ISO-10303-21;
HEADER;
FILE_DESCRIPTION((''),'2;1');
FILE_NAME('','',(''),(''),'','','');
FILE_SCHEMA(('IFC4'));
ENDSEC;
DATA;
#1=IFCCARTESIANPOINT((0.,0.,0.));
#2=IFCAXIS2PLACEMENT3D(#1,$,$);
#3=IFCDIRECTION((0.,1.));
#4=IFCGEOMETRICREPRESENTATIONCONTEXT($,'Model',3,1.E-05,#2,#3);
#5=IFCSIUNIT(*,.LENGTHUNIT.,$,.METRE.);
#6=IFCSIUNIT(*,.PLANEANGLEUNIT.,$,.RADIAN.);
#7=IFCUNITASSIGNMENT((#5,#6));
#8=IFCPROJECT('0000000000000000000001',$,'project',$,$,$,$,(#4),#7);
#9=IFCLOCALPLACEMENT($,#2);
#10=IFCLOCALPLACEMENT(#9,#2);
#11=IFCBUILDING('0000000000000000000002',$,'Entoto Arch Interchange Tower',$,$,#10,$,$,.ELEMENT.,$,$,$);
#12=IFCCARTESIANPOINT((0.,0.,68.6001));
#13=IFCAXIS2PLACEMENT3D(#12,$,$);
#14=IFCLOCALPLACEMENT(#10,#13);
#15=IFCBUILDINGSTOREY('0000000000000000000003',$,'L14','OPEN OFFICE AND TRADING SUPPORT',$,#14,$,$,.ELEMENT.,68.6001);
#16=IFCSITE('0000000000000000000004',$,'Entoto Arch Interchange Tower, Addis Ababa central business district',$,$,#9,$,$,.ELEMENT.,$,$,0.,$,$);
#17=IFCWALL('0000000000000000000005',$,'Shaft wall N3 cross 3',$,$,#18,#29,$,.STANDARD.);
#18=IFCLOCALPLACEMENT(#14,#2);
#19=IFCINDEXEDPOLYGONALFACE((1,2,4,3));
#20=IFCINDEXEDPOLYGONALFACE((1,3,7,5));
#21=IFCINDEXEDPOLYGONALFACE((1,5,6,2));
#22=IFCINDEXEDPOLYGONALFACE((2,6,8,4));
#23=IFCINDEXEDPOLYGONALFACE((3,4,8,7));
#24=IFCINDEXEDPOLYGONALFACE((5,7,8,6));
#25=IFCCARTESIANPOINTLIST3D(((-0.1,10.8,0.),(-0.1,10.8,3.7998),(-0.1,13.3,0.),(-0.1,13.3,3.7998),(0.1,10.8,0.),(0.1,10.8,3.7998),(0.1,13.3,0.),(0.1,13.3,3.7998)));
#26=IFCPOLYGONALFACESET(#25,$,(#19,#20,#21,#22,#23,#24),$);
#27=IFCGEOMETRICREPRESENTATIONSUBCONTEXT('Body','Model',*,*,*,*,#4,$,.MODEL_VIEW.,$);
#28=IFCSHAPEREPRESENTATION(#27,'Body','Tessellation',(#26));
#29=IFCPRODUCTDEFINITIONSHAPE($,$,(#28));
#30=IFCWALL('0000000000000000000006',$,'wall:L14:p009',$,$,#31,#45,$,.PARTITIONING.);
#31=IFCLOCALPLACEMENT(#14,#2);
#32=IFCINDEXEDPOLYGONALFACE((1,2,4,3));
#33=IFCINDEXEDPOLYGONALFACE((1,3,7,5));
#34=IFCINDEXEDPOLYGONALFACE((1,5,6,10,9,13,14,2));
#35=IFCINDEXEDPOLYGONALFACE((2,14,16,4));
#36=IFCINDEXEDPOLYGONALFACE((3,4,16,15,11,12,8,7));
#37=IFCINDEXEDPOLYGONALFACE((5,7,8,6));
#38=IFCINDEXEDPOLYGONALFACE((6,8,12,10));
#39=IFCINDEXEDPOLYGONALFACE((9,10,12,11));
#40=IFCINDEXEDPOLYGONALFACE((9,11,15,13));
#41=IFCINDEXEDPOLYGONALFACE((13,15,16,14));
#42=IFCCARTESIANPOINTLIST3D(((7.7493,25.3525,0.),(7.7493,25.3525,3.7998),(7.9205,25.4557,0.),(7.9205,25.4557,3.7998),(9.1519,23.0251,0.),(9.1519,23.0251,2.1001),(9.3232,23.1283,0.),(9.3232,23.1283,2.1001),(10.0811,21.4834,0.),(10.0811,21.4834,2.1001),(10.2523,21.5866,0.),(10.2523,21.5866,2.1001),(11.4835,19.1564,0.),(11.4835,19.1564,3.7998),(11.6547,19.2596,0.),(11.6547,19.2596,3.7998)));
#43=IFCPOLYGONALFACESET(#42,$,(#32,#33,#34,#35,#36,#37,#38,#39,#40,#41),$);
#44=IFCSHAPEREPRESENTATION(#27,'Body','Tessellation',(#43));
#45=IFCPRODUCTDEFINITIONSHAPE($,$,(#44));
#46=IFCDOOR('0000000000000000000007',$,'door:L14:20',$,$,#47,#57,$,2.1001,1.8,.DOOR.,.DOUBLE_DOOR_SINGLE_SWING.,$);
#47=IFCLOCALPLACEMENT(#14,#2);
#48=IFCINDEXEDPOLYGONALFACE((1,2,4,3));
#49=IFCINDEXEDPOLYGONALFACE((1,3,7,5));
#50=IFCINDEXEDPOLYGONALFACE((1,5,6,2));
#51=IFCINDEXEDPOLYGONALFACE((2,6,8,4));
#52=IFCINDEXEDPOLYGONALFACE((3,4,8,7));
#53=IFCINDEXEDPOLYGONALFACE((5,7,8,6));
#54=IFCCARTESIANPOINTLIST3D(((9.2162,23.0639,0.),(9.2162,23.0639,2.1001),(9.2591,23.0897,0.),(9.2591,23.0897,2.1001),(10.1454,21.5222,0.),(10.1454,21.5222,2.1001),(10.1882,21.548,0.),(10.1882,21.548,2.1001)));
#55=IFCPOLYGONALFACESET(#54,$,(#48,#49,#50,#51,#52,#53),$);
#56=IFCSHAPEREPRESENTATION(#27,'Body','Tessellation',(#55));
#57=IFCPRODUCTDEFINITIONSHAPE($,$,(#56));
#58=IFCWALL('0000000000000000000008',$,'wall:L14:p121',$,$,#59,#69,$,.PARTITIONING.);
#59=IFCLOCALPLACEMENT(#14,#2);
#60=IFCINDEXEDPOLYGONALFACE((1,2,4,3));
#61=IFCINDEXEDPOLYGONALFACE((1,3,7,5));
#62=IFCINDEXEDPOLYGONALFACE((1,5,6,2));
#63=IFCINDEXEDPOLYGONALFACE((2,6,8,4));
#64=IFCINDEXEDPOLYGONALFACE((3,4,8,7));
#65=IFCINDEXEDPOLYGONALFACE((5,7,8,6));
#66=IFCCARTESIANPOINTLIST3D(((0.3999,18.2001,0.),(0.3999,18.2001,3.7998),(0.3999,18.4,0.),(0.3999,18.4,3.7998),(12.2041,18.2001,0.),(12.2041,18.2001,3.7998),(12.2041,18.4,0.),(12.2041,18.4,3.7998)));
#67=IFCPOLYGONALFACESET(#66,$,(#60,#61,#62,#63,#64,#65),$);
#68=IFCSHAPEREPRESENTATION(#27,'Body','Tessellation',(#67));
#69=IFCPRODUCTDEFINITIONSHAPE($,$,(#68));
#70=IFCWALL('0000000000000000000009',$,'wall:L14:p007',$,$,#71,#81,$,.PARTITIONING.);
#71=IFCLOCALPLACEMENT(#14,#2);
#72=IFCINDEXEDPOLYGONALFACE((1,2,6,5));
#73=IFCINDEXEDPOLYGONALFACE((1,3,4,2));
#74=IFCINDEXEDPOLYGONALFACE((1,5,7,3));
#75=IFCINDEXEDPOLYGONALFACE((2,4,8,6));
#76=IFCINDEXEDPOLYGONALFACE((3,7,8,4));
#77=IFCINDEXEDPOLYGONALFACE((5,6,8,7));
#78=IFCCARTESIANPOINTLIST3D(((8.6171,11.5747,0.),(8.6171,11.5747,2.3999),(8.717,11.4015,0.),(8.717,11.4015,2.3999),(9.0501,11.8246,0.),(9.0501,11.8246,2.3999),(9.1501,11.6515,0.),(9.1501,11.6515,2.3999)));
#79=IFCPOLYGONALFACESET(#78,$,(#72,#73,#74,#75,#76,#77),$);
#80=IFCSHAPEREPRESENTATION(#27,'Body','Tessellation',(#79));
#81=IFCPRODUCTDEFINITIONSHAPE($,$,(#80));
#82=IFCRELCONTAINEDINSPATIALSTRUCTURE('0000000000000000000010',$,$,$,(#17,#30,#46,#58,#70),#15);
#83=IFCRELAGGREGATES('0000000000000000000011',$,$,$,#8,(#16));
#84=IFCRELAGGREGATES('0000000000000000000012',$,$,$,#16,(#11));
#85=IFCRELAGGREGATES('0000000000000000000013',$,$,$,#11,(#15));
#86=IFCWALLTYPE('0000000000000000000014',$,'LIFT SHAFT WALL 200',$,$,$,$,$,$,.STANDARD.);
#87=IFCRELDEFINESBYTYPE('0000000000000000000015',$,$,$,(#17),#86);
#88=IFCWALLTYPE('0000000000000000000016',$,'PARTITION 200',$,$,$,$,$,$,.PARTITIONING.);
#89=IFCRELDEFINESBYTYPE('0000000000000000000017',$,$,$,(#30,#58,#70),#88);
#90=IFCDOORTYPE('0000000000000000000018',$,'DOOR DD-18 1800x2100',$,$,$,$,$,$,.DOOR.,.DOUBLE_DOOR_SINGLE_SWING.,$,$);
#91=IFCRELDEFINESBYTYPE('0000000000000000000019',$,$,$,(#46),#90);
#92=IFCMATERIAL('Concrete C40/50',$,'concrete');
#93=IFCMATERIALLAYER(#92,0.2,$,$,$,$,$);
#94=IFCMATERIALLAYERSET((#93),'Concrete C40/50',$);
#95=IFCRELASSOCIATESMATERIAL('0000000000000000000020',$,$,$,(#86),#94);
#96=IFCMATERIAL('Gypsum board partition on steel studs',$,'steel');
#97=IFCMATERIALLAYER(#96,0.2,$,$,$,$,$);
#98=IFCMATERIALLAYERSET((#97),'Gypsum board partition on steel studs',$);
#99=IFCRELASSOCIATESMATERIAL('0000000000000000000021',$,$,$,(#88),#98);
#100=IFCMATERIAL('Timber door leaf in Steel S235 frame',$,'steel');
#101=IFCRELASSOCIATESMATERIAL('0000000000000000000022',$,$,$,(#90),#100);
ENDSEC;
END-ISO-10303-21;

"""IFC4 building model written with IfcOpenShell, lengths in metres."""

from ifc_helpers import new_model, si_unit, direction, frame, frame_2d, origin, place, context, subcontext, project, spatial, rectangle, extrude, material, layer, layer_set, type_object, element, fill, save


model = new_model("IFC4")

# Units and contexts
model_context = context("Model", 3, precision=1e-05, world=origin(), true_north=direction((0.0, 1.0)))
body_context = subcontext(model_context, "Body", "Model", "MODEL_VIEW")
ifc_project = project(units=[si_unit("LENGTHUNIT", "METRE"), si_unit("PLANEANGLEUNIT", "RADIAN")], contexts=[model_context])

# Site, building, storey
site_placement = place(None, origin())
site = spatial("IfcSite", under=ifc_project, at=site_placement, Name="Entoto Arch Interchange Tower, Addis Ababa central business district", CompositionType="ELEMENT", RefElevation=0.0)
building_placement = place(site_placement, origin())
building = spatial("IfcBuilding", under=site, at=building_placement, Name="Entoto Arch Interchange Tower", CompositionType="ELEMENT")
storey_placement = place(building_placement, frame((0.0, 0.0, 68.6001)))
storey = spatial("IfcBuildingStorey", under=building, at=storey_placement, Name="L14", Description="OPEN OFFICE AND TRADING SUPPORT", CompositionType="ELEMENT", Elevation=68.6001)

# Shared definitions
ifc_material_1 = material(Name="Concrete C40/50", Category="concrete")

# Wall
ifc_layer_1 = layer(ifc_material_1, 0.2)
ifc_layer_set_1 = layer_set([ifc_layer_1], Name="Concrete C40/50")
wall_type_1 = type_object("IfcWallType", Name="LIFT SHAFT WALL 200", PredefinedType="STANDARD", material=ifc_layer_set_1)
for number, where, z_axis, x_axis, name in (
    (1, (0.0, 10.8, 0.0), (0.0, 0.0, 1.0), (0.0, 1.0, 0.0), "Shaft wall N3 cross 3"),
):
    element("IfcWall", number, at=place(storey_placement, frame(where, z_axis=z_axis, x_axis=x_axis)), inside=storey, type_object=wall_type_1, Name=name, PredefinedType="STANDARD", context=body_context, shape_type="SweptSolid", body=[
        extrude(rectangle(XDim=2.5, YDim=0.2, at=frame_2d((1.25, 0.0))), origin(), (0.0, 0.0, 1.0), 3.7998),
    ])

# Wall, opening, door
ifc_material_2 = material(Name="Gypsum board partition on steel studs", Category="steel")
ifc_layer_2 = layer(ifc_material_2, 0.2)
ifc_layer_set_2 = layer_set([ifc_layer_2], Name="Gypsum board partition on steel studs")
wall_type_2 = type_object("IfcWallType", Name="PARTITION 200", PredefinedType="PARTITIONING", material=ifc_layer_set_2)
wall_1_placement = place(storey_placement, frame((11.5691, 19.208, 0.0), z_axis=(0.0, 0.0, 1.0), x_axis=(-0.516172, 0.856485, 0.0)))
wall_1 = element("IfcWall", 2, at=wall_1_placement, inside=storey, type_object=wall_type_2, Name="wall:L14:p009", PredefinedType="PARTITIONING", context=body_context, shape_type="SweptSolid", body=[
    extrude(rectangle(XDim=7.2344, YDim=0.2, at=frame_2d((3.6172, 0.0))), origin(), (0.0, 0.0, 1.0), 3.7998),
])
opening_1_placement = place(wall_1_placement, frame((2.717, 0.0, 0.0)))
opening_1 = element("IfcOpeningElement", 3, at=opening_1_placement, cuts=wall_1, PredefinedType="OPENING", context=body_context, shape_type="SweptSolid", body=[
    extrude(rectangle(XDim=1.8, YDim=2.1001, at=frame_2d((0.8999, 1.05))), frame((0.0, 0.1099, 0.0), z_axis=(0.0, -1.0, 0.0), x_axis=(1.0, 0.0, 0.0)), (0.0, 0.0, 1.0), 0.22),
])
ifc_material_3 = material(Name="Timber door leaf in Steel S235 frame", Category="steel")
door_type_1 = type_object("IfcDoorType", Name="DOOR DD-18 1800x2100", OperationType="DOUBLE_DOOR_SINGLE_SWING", PredefinedType="DOOR", material=ifc_material_3)
door_1_placement = place(opening_1_placement, origin())
door_1 = element("IfcDoor", 4, at=door_1_placement, inside=storey, type_object=door_type_1, Name="door:L14:20", OperationType="DOUBLE_DOOR_SINGLE_SWING", OverallHeight=2.1001, OverallWidth=1.8, PredefinedType="DOOR", context=body_context, shape_type="SweptSolid", body=[
    extrude(rectangle(XDim=1.8, YDim=2.1001, at=frame_2d((0.8999, 1.05))), frame((0.0, 0.0249, 0.0), z_axis=(0.0, -1.0, 0.0), x_axis=(1.0, 0.0, 0.0)), (0.0, 0.0, 1.0), 0.05),
])
fill(opening_1, door_1)

# Walls
wall_2_placement = place(storey_placement, frame((0.3999, 18.3, 0.0), z_axis=(0.0, 0.0, 1.0), x_axis=(1.0, 0.0, 0.0)))
element("IfcWall", 5, at=wall_2_placement, inside=storey, type_object=wall_type_2, Name="wall:L14:p121", PredefinedType="PARTITIONING", context=body_context, shape_type="SweptSolid", body=[
    extrude(rectangle(XDim=11.8042, YDim=0.2, at=frame_2d((5.9021, 0.0))), origin(), (0.0, 0.0, 1.0), 3.7998),
])
wall_3_placement = place(storey_placement, frame((9.1001, 11.738, 0.0), z_axis=(0.0, 0.0, 1.0), x_axis=(-0.866072, -0.49992, 0.0)))
element("IfcWall", 6, at=wall_3_placement, inside=storey, type_object=wall_type_2, Name="wall:L14:p007", PredefinedType="PARTITIONING", context=body_context, shape_type="SweptSolid", body=[
    extrude(rectangle(XDim=0.5, YDim=0.2, at=frame_2d((0.25, 0.0))), origin(), (0.0, 0.0, 1.0), 2.3999),
])

save(model, "model.ifc")
